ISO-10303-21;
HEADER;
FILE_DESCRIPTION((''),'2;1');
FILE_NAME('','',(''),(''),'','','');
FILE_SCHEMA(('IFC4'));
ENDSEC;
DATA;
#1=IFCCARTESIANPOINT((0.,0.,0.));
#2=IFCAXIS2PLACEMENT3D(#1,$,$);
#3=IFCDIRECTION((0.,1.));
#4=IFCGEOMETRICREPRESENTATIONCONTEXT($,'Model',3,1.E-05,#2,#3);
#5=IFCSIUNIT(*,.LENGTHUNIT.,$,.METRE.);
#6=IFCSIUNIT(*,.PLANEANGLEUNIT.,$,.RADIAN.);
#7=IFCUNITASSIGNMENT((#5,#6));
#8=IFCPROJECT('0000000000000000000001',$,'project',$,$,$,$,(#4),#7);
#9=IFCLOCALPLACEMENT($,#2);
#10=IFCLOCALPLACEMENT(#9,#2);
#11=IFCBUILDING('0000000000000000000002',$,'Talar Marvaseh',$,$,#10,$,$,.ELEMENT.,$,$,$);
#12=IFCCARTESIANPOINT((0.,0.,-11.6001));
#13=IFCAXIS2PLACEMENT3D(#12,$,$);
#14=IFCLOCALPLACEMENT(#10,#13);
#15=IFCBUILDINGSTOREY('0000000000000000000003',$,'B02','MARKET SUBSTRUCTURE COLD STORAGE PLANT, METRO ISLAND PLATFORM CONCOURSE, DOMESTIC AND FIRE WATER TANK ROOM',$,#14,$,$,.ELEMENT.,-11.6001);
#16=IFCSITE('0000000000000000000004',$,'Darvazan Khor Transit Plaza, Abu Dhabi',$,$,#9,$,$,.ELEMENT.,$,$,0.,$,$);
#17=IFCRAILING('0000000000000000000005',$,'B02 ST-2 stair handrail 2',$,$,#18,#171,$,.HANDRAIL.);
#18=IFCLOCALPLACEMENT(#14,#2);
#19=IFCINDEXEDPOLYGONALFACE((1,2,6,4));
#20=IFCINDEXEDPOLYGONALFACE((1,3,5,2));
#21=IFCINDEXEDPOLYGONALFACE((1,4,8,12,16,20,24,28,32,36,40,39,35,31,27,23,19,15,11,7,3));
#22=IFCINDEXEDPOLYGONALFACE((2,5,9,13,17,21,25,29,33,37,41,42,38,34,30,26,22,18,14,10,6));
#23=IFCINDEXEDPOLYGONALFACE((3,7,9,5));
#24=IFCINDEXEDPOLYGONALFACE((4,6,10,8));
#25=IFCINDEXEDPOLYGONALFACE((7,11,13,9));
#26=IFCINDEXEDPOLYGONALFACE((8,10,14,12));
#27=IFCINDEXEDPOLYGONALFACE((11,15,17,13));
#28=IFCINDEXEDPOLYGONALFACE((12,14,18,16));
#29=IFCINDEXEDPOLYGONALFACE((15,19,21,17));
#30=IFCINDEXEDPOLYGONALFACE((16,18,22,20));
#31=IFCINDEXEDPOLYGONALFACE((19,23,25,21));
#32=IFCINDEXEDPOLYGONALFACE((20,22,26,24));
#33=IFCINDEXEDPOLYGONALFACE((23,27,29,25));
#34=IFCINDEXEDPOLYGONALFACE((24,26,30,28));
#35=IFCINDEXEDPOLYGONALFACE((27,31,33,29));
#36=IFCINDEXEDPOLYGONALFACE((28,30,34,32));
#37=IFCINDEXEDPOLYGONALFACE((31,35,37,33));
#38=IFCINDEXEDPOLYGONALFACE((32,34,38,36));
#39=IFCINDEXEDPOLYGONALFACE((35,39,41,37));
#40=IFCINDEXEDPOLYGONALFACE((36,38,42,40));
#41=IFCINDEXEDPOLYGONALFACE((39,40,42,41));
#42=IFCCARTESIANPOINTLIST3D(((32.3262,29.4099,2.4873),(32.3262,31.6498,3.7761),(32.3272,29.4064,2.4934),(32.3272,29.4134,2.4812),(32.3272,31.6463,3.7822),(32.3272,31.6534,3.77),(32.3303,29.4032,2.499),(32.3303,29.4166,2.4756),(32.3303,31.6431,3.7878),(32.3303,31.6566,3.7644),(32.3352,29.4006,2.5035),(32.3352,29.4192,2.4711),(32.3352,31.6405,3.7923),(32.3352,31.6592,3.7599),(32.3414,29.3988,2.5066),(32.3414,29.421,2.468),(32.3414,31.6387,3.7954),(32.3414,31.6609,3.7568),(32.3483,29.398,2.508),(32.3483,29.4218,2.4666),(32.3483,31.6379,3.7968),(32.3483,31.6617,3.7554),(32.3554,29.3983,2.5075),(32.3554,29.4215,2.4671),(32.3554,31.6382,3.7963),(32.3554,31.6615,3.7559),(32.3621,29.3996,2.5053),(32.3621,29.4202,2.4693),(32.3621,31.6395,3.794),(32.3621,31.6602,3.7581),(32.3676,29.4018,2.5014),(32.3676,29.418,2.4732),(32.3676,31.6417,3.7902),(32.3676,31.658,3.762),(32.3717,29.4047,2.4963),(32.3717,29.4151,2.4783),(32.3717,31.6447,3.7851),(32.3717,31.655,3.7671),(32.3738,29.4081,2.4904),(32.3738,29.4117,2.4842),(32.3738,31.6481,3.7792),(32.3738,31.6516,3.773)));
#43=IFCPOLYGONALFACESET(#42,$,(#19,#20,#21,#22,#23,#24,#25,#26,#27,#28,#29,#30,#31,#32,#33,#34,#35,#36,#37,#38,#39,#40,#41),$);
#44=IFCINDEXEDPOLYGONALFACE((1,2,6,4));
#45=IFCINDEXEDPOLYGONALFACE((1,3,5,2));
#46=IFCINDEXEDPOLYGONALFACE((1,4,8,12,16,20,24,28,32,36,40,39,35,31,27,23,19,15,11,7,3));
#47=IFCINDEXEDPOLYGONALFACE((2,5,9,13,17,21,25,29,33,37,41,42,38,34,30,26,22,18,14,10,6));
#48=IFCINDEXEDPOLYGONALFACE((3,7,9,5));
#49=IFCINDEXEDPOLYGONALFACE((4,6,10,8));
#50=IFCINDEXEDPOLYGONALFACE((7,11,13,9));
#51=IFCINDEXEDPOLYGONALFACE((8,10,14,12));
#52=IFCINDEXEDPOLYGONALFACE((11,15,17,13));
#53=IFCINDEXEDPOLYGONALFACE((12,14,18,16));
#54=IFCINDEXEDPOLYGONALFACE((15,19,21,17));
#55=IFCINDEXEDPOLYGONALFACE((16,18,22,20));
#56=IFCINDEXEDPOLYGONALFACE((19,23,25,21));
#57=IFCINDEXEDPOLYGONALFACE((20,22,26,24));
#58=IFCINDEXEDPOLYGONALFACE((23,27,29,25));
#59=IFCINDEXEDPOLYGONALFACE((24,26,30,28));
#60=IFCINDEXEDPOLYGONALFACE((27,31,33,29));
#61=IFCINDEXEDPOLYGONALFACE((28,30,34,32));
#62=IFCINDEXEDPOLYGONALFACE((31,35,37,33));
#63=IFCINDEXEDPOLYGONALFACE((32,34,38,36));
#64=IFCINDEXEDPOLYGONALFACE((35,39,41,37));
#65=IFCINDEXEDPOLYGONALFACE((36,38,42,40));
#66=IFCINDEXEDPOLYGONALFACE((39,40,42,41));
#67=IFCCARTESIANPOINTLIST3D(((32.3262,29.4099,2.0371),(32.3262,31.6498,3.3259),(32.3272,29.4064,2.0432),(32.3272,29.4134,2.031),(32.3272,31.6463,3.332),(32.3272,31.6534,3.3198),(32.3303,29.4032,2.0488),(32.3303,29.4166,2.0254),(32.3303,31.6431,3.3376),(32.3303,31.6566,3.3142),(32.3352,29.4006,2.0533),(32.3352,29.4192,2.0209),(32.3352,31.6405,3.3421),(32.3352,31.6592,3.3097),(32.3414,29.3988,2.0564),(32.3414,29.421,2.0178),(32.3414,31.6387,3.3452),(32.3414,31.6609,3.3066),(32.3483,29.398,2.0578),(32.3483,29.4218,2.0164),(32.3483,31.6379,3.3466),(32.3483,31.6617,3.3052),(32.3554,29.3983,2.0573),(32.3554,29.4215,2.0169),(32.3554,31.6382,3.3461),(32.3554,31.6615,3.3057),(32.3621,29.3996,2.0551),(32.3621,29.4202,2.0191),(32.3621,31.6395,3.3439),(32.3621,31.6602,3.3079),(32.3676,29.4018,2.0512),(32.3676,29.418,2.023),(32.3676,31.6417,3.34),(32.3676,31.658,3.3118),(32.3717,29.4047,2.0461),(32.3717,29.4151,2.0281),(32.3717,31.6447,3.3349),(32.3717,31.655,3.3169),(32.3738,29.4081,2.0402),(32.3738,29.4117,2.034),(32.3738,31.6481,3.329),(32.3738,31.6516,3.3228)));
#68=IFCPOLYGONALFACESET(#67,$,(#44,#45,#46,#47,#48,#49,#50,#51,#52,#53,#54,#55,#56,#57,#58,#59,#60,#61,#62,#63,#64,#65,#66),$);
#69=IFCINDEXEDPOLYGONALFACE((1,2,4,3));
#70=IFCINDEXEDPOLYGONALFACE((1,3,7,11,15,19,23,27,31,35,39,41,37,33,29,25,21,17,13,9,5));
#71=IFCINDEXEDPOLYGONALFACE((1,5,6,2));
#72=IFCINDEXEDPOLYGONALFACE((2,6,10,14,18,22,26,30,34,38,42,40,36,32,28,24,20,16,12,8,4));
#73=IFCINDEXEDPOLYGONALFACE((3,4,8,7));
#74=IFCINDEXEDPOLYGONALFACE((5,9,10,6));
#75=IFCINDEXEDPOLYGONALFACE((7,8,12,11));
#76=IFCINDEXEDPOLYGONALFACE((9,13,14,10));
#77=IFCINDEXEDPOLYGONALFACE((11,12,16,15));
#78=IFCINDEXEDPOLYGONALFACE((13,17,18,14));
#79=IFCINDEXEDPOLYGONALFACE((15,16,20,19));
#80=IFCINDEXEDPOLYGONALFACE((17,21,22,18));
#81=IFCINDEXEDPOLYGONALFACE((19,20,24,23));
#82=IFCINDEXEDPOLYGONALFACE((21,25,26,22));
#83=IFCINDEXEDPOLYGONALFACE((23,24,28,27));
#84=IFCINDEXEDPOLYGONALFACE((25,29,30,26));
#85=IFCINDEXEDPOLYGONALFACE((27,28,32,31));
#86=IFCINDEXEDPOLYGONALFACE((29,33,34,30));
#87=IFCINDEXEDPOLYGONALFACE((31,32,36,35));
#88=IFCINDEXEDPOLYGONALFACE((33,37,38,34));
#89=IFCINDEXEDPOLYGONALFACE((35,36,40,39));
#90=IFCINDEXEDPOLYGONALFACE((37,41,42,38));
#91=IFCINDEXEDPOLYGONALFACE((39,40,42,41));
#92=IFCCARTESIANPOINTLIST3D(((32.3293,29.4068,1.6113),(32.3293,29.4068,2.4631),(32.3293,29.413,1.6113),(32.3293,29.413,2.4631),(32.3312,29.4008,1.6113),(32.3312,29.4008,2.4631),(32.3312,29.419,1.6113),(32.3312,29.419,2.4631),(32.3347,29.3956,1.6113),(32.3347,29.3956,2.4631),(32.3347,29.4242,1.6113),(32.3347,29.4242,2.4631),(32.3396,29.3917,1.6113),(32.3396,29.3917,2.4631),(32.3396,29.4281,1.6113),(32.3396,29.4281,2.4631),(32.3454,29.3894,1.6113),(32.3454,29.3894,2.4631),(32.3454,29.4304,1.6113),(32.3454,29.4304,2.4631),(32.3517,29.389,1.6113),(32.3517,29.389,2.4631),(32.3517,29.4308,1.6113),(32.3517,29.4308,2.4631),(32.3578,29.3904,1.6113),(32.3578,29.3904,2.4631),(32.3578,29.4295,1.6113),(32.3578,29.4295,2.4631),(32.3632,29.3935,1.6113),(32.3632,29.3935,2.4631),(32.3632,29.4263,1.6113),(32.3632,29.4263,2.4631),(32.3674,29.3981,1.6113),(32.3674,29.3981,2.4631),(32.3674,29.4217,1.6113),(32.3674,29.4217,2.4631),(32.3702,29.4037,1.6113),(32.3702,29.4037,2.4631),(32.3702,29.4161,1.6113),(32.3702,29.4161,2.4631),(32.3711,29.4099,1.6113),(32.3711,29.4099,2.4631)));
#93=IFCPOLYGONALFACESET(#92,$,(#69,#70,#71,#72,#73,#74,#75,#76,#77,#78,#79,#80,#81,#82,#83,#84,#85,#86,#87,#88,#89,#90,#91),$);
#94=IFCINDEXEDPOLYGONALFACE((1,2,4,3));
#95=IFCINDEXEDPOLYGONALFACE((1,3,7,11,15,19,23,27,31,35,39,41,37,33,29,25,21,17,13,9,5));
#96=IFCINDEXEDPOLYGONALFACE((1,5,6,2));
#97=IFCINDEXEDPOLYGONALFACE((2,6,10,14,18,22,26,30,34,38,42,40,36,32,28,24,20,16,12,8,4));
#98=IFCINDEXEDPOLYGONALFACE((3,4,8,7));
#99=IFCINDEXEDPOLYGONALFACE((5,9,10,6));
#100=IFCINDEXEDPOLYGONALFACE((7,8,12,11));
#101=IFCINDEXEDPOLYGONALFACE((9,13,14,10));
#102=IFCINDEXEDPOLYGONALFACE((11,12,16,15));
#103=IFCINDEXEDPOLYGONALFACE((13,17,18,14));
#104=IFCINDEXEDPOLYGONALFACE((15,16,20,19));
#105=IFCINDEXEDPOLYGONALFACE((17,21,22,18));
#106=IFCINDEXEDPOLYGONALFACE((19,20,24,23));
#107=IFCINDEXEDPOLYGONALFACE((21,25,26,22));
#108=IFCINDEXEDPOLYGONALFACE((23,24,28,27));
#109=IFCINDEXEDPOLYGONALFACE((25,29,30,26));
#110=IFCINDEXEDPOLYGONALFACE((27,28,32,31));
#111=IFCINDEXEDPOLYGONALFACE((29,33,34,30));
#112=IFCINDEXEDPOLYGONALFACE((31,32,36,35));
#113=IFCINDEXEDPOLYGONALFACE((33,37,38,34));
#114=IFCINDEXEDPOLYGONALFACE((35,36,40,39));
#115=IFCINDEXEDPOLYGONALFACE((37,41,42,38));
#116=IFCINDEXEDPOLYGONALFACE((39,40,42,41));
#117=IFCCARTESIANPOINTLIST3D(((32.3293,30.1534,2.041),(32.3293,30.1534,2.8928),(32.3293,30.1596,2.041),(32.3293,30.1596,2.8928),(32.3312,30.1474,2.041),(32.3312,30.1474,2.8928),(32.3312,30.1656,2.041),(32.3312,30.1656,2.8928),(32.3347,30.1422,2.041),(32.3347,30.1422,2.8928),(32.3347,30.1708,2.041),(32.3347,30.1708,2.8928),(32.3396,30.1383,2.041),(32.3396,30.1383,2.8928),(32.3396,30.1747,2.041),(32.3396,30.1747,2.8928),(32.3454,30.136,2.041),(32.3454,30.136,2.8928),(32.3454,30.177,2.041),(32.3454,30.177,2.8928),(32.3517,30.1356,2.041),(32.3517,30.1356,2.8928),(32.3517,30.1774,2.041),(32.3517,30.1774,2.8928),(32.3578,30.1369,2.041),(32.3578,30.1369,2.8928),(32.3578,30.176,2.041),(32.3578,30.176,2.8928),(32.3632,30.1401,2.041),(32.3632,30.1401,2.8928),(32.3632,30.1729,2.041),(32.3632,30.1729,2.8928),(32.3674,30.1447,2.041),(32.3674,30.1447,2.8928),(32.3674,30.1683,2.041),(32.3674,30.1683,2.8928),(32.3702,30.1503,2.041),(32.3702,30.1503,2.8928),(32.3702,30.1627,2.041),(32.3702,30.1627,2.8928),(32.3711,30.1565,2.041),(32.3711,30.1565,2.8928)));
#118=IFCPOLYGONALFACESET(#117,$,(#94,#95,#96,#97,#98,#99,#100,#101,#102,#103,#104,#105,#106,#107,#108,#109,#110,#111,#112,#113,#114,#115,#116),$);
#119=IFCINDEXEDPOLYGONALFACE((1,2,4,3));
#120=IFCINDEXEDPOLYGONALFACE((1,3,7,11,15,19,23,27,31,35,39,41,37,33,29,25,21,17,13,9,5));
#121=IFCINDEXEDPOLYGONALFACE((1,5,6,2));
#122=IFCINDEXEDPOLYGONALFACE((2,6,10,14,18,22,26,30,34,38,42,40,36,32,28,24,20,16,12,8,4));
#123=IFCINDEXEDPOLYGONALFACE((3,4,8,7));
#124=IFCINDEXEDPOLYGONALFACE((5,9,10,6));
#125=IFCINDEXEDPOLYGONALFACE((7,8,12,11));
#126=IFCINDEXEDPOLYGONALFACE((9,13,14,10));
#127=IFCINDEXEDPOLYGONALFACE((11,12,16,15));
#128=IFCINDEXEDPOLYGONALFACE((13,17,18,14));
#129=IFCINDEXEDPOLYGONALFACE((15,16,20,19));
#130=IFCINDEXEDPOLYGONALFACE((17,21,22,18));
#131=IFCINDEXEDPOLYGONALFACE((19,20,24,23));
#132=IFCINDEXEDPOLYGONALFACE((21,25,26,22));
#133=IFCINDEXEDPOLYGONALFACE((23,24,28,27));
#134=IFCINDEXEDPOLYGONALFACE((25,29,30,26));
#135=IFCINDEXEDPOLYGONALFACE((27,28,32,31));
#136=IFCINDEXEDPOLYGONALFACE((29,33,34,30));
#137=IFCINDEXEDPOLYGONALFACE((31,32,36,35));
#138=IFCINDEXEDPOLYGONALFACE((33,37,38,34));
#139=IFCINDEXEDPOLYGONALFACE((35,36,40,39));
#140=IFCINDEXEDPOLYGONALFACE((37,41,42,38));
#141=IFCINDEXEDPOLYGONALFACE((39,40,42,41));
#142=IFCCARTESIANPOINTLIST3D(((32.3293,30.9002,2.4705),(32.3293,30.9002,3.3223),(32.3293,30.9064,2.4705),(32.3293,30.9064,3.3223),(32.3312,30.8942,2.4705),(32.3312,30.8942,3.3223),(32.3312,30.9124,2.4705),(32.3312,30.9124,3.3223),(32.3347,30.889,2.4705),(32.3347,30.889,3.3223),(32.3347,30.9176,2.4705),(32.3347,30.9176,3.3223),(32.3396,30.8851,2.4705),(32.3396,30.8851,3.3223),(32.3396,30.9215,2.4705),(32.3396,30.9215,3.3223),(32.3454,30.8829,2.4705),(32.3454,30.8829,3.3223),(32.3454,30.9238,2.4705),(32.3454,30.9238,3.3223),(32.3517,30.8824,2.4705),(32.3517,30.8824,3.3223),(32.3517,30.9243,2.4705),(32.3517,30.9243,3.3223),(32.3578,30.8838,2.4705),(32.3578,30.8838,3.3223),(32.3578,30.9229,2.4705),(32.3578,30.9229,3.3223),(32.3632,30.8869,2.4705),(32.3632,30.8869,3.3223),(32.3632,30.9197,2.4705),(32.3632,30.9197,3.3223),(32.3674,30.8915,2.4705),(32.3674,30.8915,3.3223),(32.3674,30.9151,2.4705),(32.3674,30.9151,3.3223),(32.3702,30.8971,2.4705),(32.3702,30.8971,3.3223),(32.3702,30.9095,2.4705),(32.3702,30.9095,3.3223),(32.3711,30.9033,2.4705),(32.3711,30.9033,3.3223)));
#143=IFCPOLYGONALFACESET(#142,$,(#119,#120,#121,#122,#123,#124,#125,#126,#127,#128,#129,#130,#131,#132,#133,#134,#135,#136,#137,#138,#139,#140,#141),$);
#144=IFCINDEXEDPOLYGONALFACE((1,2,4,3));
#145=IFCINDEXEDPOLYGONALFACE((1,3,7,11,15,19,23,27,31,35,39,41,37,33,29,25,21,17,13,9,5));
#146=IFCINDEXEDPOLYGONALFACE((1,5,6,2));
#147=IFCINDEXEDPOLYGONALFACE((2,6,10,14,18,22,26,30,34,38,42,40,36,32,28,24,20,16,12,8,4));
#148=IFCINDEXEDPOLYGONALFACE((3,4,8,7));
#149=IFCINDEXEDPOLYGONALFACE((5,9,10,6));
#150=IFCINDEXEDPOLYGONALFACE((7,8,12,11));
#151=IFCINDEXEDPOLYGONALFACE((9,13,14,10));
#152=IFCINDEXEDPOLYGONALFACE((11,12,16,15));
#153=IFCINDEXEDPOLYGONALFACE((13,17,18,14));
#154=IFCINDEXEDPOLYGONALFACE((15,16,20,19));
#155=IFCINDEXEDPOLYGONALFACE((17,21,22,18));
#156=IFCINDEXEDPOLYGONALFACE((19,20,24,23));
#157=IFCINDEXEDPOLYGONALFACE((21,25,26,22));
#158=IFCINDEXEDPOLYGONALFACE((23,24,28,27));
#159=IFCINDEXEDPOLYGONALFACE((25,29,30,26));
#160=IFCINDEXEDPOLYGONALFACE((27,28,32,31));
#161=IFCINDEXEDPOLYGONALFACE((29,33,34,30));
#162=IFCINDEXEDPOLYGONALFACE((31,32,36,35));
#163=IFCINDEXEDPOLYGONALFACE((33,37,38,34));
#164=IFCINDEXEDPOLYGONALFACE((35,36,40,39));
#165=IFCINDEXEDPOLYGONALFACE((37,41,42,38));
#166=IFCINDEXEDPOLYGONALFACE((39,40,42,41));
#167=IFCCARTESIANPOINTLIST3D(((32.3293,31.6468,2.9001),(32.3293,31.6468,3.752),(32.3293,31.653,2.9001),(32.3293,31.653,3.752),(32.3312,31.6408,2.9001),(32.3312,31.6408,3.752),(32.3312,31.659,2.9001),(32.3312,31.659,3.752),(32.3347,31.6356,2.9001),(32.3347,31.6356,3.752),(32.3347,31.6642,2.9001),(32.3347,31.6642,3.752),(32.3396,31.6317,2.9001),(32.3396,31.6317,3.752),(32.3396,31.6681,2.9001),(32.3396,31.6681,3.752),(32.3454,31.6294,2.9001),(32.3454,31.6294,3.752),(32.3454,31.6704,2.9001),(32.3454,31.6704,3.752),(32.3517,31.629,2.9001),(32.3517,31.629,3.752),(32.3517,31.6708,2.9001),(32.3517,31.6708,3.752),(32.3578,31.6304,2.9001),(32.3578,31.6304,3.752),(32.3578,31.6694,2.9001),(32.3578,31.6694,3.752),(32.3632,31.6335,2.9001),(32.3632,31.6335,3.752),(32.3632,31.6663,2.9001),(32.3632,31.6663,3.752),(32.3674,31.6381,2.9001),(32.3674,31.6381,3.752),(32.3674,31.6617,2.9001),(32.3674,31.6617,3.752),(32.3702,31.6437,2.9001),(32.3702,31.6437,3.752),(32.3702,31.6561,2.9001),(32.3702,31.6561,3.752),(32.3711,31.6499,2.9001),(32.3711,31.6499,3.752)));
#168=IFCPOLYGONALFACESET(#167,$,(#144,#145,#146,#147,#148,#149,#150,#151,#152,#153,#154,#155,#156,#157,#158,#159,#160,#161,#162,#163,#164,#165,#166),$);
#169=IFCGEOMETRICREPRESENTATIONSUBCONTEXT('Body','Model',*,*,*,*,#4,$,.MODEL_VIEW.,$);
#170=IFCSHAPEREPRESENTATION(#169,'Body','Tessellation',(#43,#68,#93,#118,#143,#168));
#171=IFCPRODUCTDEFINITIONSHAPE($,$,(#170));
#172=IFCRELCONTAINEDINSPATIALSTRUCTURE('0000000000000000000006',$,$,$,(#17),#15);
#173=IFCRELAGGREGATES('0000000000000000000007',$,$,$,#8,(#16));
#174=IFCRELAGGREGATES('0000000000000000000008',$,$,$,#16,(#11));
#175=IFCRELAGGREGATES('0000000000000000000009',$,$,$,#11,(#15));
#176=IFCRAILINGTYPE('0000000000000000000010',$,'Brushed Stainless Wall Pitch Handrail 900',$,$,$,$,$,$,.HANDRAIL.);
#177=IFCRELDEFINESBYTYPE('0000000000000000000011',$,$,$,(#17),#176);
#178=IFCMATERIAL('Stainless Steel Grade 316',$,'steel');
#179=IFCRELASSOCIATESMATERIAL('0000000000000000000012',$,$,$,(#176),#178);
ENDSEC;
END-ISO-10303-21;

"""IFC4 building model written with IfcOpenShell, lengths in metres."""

from ifc_helpers import new_model, si_unit, direction, frame, origin, origin_2d, place, context, subcontext, project, spatial, circle, extrude, material, type_object, element, save


model = new_model("IFC4")

# Units and contexts
model_context = context("Model", 3, precision=1e-05, world=origin(), true_north=direction((0.0, 1.0)))
body_context = subcontext(model_context, "Body", "Model", "MODEL_VIEW")
ifc_project = project(units=[si_unit("LENGTHUNIT", "METRE"), si_unit("PLANEANGLEUNIT", "RADIAN")], contexts=[model_context])

# Site, building, storey
site_placement = place(None, origin())
site = spatial("IfcSite", under=ifc_project, at=site_placement, Name="Darvazan Khor Transit Plaza, Abu Dhabi", CompositionType="ELEMENT", RefElevation=0.0)
building_placement = place(site_placement, origin())
building = spatial("IfcBuilding", under=site, at=building_placement, Name="Talar Marvaseh", CompositionType="ELEMENT")
storey_placement = place(building_placement, frame((0.0, 0.0, -11.6001)))
storey = spatial("IfcBuildingStorey", under=building, at=storey_placement, Name="B02", Description="MARKET SUBSTRUCTURE COLD STORAGE PLANT, METRO ISLAND PLATFORM CONCOURSE, DOMESTIC AND FIRE WATER TANK ROOM", CompositionType="ELEMENT", Elevation=-11.6001)

# Railing
ifc_material_1 = material(Name="Stainless Steel Grade 316", Category="steel")
railing_type_1 = type_object("IfcRailingType", Name="Brushed Stainless Wall Pitch Handrail 900", PredefinedType="HANDRAIL", material=ifc_material_1)
for number, where, name in (
    (1, (32.3501, 29.4099, 1.6113), "B02 ST-2 stair handrail 2"),
):
    element("IfcRailing", number, at=place(storey_placement, frame(where)), inside=storey, type_object=railing_type_1, Name=name, PredefinedType="HANDRAIL", context=body_context, shape_type="SweptSolid", body=[
        extrude(circle(Radius=0.0239, at=origin_2d()), frame((0.0, 0.0, 0.876), z_axis=(0.0, 0.866768, 0.498711), x_axis=(-1.0, 0.0, 0.0)), (0.0, 0.0, 1.0), 2.5842),
        extrude(circle(Radius=0.0239, at=origin_2d()), frame((0.0, 0.0, 0.4258), z_axis=(0.0, 0.866768, 0.498711), x_axis=(-1.0, 0.0, 0.0)), (0.0, 0.0, 1.0), 2.5842),
        extrude(circle(Radius=0.021, at=origin_2d()), origin(), (0.0, 0.0, 1.0), 0.8518),
        extrude(circle(Radius=0.021, at=origin_2d()), frame((0.0, 0.7466, 0.4297)), (0.0, 0.0, 1.0), 0.8518),
        extrude(circle(Radius=0.021, at=origin_2d()), frame((0.0, 1.4934, 0.8591)), (0.0, 0.0, 1.0), 0.8518),
        extrude(circle(Radius=0.021, at=origin_2d()), frame((0.0, 2.24, 1.2888)), (0.0, 0.0, 1.0), 0.8518),
    ])

save(model, "model.ifc")
